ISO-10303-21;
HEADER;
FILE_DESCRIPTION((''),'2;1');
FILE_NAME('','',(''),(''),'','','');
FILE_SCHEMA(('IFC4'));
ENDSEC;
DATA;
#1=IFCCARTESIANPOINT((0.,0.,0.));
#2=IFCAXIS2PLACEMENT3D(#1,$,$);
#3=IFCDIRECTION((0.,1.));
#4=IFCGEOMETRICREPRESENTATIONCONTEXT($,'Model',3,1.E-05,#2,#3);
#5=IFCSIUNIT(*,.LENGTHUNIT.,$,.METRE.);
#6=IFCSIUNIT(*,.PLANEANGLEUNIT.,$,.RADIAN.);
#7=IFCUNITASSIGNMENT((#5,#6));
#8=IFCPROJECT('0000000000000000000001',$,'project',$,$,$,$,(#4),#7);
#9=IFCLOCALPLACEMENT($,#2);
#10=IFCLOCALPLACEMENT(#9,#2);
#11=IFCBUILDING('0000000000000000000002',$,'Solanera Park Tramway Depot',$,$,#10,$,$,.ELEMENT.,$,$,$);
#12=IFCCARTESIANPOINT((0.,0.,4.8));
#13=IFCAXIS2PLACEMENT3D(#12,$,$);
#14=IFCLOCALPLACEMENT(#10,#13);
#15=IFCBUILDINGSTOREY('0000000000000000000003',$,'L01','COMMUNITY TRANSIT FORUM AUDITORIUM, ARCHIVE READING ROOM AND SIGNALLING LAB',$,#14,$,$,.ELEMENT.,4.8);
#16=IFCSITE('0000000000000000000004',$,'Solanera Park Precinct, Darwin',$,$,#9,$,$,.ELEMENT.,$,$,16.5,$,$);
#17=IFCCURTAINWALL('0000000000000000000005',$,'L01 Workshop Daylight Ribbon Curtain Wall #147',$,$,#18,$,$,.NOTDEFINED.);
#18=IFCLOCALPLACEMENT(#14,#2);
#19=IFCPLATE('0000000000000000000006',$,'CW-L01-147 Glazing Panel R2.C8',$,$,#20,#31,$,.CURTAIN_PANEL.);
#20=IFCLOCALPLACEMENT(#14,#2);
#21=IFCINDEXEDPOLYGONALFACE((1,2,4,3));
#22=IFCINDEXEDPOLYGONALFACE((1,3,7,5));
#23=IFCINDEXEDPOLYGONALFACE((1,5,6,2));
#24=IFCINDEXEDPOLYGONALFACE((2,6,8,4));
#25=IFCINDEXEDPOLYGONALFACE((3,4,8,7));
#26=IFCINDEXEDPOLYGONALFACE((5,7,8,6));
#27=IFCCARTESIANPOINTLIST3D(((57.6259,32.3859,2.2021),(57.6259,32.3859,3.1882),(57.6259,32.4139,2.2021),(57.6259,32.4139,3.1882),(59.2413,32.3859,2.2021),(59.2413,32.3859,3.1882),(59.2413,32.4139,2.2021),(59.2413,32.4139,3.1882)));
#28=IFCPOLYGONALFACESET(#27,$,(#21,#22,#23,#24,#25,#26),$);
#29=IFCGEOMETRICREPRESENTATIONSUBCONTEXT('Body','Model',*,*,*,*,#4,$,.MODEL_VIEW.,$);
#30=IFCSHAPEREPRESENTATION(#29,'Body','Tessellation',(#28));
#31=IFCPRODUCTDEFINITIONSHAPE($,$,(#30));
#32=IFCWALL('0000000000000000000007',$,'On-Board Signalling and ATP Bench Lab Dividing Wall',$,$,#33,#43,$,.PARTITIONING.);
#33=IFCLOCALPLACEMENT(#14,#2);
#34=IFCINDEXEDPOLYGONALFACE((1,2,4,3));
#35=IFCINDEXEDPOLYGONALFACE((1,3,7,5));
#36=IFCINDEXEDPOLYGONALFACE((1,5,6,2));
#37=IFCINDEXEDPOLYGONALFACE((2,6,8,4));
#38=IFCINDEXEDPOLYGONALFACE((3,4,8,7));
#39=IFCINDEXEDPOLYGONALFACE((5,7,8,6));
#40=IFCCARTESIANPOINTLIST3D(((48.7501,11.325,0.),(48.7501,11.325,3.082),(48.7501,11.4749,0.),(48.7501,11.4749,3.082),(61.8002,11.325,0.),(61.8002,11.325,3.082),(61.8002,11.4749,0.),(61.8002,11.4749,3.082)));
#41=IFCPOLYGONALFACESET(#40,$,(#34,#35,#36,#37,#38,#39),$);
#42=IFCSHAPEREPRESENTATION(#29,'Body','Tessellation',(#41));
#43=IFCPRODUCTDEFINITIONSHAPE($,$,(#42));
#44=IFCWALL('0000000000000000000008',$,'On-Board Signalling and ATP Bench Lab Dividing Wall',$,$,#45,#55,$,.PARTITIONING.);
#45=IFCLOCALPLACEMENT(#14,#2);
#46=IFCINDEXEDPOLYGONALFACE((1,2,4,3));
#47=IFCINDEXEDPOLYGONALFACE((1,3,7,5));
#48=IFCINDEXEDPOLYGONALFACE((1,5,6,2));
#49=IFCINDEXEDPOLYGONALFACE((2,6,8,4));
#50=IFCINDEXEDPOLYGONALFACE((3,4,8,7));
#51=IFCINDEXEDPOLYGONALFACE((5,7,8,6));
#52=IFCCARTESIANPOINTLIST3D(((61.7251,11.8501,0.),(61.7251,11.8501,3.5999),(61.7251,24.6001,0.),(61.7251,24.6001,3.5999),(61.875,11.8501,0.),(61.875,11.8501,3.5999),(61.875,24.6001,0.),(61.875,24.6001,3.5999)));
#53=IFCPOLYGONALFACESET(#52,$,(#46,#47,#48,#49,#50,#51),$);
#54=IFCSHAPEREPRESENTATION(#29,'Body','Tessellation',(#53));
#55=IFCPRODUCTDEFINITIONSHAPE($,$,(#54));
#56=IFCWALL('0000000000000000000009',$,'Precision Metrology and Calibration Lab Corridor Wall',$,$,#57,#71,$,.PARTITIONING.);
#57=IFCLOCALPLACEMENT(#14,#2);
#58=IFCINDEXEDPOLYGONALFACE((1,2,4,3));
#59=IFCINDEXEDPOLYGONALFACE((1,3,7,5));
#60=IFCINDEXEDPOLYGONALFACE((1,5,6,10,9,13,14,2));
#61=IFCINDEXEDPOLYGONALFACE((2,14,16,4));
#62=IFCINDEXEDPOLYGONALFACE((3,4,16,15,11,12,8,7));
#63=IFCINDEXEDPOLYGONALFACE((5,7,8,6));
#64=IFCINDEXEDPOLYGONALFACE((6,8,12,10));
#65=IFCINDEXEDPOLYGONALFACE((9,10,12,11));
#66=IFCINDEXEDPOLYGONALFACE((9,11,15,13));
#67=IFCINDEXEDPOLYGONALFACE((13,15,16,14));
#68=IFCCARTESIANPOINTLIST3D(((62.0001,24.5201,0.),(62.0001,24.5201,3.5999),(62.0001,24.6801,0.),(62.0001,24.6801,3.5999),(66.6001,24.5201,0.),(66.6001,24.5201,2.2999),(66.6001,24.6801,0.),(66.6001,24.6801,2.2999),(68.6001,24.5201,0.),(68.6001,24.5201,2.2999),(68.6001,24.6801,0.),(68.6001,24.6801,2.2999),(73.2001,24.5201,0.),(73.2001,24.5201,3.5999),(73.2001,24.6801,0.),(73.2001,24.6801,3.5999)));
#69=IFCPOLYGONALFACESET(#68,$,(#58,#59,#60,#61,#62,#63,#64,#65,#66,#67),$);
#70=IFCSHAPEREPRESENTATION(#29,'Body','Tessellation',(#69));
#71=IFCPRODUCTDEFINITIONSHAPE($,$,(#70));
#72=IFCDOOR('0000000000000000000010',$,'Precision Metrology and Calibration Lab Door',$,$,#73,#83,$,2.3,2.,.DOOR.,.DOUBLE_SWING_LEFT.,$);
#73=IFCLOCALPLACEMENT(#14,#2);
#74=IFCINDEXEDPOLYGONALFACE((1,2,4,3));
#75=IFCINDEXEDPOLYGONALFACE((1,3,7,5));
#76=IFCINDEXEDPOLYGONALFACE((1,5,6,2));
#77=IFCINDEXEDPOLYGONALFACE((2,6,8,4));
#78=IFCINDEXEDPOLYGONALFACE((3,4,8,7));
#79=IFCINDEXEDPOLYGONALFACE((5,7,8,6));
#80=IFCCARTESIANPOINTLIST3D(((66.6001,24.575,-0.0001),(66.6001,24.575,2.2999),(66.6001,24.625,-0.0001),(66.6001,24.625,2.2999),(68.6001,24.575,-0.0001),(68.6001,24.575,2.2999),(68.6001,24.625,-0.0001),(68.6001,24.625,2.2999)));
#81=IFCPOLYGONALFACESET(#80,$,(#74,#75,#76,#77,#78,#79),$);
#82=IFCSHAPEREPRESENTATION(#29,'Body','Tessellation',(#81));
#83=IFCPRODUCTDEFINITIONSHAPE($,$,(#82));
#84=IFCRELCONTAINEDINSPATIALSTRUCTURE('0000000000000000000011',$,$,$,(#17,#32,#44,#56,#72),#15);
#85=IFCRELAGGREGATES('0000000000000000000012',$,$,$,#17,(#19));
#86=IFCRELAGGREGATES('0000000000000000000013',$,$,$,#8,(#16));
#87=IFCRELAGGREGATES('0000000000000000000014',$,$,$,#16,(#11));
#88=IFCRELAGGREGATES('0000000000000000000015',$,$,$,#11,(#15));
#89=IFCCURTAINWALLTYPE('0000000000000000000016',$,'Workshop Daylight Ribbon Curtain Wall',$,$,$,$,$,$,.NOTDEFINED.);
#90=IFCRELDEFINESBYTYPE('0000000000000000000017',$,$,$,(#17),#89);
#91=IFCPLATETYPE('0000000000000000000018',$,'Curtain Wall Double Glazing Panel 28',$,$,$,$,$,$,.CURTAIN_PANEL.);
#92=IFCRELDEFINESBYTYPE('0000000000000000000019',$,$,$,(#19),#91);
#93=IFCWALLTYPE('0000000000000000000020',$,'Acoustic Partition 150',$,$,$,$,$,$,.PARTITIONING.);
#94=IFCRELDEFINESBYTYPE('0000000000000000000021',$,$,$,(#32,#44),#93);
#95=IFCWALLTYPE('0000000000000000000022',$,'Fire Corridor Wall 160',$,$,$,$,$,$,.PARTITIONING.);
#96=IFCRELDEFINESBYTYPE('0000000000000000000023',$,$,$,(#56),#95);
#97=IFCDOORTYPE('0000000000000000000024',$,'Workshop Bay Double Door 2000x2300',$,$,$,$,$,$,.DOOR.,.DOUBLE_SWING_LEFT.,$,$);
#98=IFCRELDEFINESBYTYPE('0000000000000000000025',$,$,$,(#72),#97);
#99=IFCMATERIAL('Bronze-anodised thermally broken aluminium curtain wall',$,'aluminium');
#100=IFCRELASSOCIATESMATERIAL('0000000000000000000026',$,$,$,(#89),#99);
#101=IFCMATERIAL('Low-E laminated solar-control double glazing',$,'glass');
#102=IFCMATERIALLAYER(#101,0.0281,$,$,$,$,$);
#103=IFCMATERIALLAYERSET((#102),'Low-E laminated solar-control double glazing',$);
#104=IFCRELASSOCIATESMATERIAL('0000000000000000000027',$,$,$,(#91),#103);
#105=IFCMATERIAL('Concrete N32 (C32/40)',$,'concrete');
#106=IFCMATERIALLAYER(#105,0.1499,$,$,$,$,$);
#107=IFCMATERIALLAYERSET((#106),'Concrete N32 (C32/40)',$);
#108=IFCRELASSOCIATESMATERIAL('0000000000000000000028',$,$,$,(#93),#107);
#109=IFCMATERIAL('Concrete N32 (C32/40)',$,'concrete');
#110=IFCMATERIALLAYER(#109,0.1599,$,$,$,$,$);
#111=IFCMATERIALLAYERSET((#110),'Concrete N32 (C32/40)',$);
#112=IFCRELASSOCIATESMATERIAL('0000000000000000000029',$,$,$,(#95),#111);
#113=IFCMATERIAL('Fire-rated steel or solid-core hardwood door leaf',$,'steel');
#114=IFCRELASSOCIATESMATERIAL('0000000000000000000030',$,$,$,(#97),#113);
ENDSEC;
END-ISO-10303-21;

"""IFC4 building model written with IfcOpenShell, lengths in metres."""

from ifc_helpers import new_model, si_unit, direction, frame, frame_2d, origin, origin_2d, place, context, subcontext, project, spatial, rectangle, extrude, material, layer, layer_set, type_object, element, fill, aggregate, save


model = new_model("IFC4")

# Units and contexts
model_context = context("Model", 3, precision=1e-05, world=origin(), true_north=direction((0.0, 1.0)))
body_context = subcontext(model_context, "Body", "Model", "MODEL_VIEW")
ifc_project = project(units=[si_unit("LENGTHUNIT", "METRE"), si_unit("PLANEANGLEUNIT", "RADIAN")], contexts=[model_context])

# Site, building, storey
site_placement = place(None, origin())
site = spatial("IfcSite", under=ifc_project, at=site_placement, Name="Solanera Park Precinct, Darwin", CompositionType="ELEMENT", RefElevation=16.5)
building_placement = place(site_placement, origin())
building = spatial("IfcBuilding", under=site, at=building_placement, Name="Solanera Park Tramway Depot", CompositionType="ELEMENT")
storey_placement = place(building_placement, frame((0.0, 0.0, 4.8)))
storey = spatial("IfcBuildingStorey", under=building, at=storey_placement, Name="L01", Description="COMMUNITY TRANSIT FORUM AUDITORIUM, ARCHIVE READING ROOM AND SIGNALLING LAB", CompositionType="ELEMENT", Elevation=4.8)

# Curtain wall
ifc_material_1 = material(Name="Bronze-anodised thermally broken aluminium curtain wall", Category="aluminium")
curtain_wall_type = type_object("IfcCurtainWallType", Name="Workshop Daylight Ribbon Curtain Wall", PredefinedType="NOTDEFINED", material=ifc_material_1)
curtain_wall_1_placement = place(storey_placement, origin())
curtain_wall_1 = element("IfcCurtainWall", 1, at=curtain_wall_1_placement, inside=storey, type_object=curtain_wall_type, Name="L01 Workshop Daylight Ribbon Curtain Wall #147", PredefinedType="NOTDEFINED")

# Plate
ifc_material_2 = material(Name="Low-E laminated solar-control double glazing", Category="glass")
ifc_layer_1 = layer(ifc_material_2, 0.0281)
ifc_layer_set_1 = layer_set([ifc_layer_1], Name="Low-E laminated solar-control double glazing")
plate_type = type_object("IfcPlateType", Name="Curtain Wall Double Glazing Panel 28", PredefinedType="CURTAIN_PANEL", material=ifc_layer_set_1)
plate_1_placement = place(storey_placement, frame((58.4336, 32.3999, 2.2021), z_axis=(0.0, 0.0, 1.0), x_axis=(1.0, 0.0, 0.0)))
plate_1 = element("IfcPlate", 2, at=plate_1_placement, type_object=plate_type, Name="CW-L01-147 Glazing Panel R2.C8", PredefinedType="CURTAIN_PANEL", context=body_context, shape_type="SweptSolid", body=[
    extrude(rectangle(XDim=1.6155, YDim=0.0281, at=origin_2d()), origin(), (0.0, 0.0, 1.0), 0.9861),
])
aggregate(curtain_wall_1, [plate_1])

# Walls
ifc_material_3 = material(Name="Concrete N32 (C32/40)", Category="concrete")
ifc_layer_2 = layer(ifc_material_3, 0.1499)
ifc_layer_set_2 = layer_set([ifc_layer_2], Name="Concrete N32 (C32/40)")
wall_type_1 = type_object("IfcWallType", Name="Acoustic Partition 150", PredefinedType="PARTITIONING", material=ifc_layer_set_2)
wall_1_placement = place(storey_placement, frame((61.8, 11.3999, 0.0), z_axis=(0.0, 0.0, 1.0), x_axis=(-1.0, 0.0, 0.0)))
element("IfcWall", 3, at=wall_1_placement, inside=storey, type_object=wall_type_1, Name="On-Board Signalling and ATP Bench Lab Dividing Wall", PredefinedType="PARTITIONING", context=body_context, shape_type="SweptSolid", body=[
    extrude(rectangle(XDim=13.05, YDim=0.1499, at=frame_2d((6.5249, 0.0))), origin(), (0.0, 0.0, 1.0), 3.082),
])
wall_2_placement = place(storey_placement, frame((61.8, 11.8501, 0.0), z_axis=(0.0, 0.0, 1.0), x_axis=(0.0, 1.0, 0.0)))
element("IfcWall", 4, at=wall_2_placement, inside=storey, type_object=wall_type_1, Name="On-Board Signalling and ATP Bench Lab Dividing Wall", PredefinedType="PARTITIONING", context=body_context, shape_type="SweptSolid", body=[
    extrude(rectangle(XDim=12.75, YDim=0.1499, at=frame_2d((6.375, 0.0))), origin(), (0.0, 0.0, 1.0), 3.5999),
])

# Wall, opening, door
ifc_material_4 = material(Name="Concrete N32 (C32/40)", Category="concrete")
ifc_layer_3 = layer(ifc_material_4, 0.1599)
ifc_layer_set_3 = layer_set([ifc_layer_3], Name="Concrete N32 (C32/40)")
wall_type_2 = type_object("IfcWallType", Name="Fire Corridor Wall 160", PredefinedType="PARTITIONING", material=ifc_layer_set_3)
wall_3_placement = place(storey_placement, frame((62.0, 24.6001, 0.0), z_axis=(0.0, 0.0, 1.0), x_axis=(1.0, 0.0, 0.0)))
wall_3 = element("IfcWall", 5, at=wall_3_placement, inside=storey, type_object=wall_type_2, Name="Precision Metrology and Calibration Lab Corridor Wall", PredefinedType="PARTITIONING", context=body_context, shape_type="SweptSolid", body=[
    extrude(rectangle(XDim=11.2, YDim=0.1599, at=frame_2d((5.6001, 0.0))), origin(), (0.0, 0.0, 1.0), 3.5999),
])
opening_placement = place(wall_3_placement, frame((4.6001, 0.0, 0.0)))
opening = element("IfcOpeningElement", 6, at=opening_placement, cuts=wall_3, PredefinedType="OPENING", context=body_context, shape_type="SweptSolid", body=[
    extrude(rectangle(XDim=2.0, YDim=2.3, at=frame_2d((1.0, 1.1499))), frame((0.0, 0.0898, 0.0), z_axis=(0.0, -1.0, 0.0), x_axis=(1.0, 0.0, 0.0)), (0.0, 0.0, 1.0), 0.1799),
])
ifc_material_5 = material(Name="Fire-rated steel or solid-core hardwood door leaf", Category="steel")
door_type = type_object("IfcDoorType", Name="Workshop Bay Double Door 2000x2300", OperationType="DOUBLE_SWING_LEFT", PredefinedType="DOOR", material=ifc_material_5)
door_placement = place(opening_placement, origin())
door = element("IfcDoor", 7, at=door_placement, inside=storey, type_object=door_type, Name="Precision Metrology and Calibration Lab Door", OperationType="DOUBLE_SWING_LEFT", OverallHeight=2.3, OverallWidth=2.0, PredefinedType="DOOR", context=body_context, shape_type="SweptSolid", body=[
    extrude(rectangle(XDim=2.0, YDim=2.3, at=frame_2d((1.0, 1.1499))), frame((0.0, 0.0249, 0.0), z_axis=(0.0, -1.0, 0.0), x_axis=(1.0, 0.0, 0.0)), (0.0, 0.0, 1.0), 0.05),
])
fill(opening, door)

save(model, "model.ifc")
